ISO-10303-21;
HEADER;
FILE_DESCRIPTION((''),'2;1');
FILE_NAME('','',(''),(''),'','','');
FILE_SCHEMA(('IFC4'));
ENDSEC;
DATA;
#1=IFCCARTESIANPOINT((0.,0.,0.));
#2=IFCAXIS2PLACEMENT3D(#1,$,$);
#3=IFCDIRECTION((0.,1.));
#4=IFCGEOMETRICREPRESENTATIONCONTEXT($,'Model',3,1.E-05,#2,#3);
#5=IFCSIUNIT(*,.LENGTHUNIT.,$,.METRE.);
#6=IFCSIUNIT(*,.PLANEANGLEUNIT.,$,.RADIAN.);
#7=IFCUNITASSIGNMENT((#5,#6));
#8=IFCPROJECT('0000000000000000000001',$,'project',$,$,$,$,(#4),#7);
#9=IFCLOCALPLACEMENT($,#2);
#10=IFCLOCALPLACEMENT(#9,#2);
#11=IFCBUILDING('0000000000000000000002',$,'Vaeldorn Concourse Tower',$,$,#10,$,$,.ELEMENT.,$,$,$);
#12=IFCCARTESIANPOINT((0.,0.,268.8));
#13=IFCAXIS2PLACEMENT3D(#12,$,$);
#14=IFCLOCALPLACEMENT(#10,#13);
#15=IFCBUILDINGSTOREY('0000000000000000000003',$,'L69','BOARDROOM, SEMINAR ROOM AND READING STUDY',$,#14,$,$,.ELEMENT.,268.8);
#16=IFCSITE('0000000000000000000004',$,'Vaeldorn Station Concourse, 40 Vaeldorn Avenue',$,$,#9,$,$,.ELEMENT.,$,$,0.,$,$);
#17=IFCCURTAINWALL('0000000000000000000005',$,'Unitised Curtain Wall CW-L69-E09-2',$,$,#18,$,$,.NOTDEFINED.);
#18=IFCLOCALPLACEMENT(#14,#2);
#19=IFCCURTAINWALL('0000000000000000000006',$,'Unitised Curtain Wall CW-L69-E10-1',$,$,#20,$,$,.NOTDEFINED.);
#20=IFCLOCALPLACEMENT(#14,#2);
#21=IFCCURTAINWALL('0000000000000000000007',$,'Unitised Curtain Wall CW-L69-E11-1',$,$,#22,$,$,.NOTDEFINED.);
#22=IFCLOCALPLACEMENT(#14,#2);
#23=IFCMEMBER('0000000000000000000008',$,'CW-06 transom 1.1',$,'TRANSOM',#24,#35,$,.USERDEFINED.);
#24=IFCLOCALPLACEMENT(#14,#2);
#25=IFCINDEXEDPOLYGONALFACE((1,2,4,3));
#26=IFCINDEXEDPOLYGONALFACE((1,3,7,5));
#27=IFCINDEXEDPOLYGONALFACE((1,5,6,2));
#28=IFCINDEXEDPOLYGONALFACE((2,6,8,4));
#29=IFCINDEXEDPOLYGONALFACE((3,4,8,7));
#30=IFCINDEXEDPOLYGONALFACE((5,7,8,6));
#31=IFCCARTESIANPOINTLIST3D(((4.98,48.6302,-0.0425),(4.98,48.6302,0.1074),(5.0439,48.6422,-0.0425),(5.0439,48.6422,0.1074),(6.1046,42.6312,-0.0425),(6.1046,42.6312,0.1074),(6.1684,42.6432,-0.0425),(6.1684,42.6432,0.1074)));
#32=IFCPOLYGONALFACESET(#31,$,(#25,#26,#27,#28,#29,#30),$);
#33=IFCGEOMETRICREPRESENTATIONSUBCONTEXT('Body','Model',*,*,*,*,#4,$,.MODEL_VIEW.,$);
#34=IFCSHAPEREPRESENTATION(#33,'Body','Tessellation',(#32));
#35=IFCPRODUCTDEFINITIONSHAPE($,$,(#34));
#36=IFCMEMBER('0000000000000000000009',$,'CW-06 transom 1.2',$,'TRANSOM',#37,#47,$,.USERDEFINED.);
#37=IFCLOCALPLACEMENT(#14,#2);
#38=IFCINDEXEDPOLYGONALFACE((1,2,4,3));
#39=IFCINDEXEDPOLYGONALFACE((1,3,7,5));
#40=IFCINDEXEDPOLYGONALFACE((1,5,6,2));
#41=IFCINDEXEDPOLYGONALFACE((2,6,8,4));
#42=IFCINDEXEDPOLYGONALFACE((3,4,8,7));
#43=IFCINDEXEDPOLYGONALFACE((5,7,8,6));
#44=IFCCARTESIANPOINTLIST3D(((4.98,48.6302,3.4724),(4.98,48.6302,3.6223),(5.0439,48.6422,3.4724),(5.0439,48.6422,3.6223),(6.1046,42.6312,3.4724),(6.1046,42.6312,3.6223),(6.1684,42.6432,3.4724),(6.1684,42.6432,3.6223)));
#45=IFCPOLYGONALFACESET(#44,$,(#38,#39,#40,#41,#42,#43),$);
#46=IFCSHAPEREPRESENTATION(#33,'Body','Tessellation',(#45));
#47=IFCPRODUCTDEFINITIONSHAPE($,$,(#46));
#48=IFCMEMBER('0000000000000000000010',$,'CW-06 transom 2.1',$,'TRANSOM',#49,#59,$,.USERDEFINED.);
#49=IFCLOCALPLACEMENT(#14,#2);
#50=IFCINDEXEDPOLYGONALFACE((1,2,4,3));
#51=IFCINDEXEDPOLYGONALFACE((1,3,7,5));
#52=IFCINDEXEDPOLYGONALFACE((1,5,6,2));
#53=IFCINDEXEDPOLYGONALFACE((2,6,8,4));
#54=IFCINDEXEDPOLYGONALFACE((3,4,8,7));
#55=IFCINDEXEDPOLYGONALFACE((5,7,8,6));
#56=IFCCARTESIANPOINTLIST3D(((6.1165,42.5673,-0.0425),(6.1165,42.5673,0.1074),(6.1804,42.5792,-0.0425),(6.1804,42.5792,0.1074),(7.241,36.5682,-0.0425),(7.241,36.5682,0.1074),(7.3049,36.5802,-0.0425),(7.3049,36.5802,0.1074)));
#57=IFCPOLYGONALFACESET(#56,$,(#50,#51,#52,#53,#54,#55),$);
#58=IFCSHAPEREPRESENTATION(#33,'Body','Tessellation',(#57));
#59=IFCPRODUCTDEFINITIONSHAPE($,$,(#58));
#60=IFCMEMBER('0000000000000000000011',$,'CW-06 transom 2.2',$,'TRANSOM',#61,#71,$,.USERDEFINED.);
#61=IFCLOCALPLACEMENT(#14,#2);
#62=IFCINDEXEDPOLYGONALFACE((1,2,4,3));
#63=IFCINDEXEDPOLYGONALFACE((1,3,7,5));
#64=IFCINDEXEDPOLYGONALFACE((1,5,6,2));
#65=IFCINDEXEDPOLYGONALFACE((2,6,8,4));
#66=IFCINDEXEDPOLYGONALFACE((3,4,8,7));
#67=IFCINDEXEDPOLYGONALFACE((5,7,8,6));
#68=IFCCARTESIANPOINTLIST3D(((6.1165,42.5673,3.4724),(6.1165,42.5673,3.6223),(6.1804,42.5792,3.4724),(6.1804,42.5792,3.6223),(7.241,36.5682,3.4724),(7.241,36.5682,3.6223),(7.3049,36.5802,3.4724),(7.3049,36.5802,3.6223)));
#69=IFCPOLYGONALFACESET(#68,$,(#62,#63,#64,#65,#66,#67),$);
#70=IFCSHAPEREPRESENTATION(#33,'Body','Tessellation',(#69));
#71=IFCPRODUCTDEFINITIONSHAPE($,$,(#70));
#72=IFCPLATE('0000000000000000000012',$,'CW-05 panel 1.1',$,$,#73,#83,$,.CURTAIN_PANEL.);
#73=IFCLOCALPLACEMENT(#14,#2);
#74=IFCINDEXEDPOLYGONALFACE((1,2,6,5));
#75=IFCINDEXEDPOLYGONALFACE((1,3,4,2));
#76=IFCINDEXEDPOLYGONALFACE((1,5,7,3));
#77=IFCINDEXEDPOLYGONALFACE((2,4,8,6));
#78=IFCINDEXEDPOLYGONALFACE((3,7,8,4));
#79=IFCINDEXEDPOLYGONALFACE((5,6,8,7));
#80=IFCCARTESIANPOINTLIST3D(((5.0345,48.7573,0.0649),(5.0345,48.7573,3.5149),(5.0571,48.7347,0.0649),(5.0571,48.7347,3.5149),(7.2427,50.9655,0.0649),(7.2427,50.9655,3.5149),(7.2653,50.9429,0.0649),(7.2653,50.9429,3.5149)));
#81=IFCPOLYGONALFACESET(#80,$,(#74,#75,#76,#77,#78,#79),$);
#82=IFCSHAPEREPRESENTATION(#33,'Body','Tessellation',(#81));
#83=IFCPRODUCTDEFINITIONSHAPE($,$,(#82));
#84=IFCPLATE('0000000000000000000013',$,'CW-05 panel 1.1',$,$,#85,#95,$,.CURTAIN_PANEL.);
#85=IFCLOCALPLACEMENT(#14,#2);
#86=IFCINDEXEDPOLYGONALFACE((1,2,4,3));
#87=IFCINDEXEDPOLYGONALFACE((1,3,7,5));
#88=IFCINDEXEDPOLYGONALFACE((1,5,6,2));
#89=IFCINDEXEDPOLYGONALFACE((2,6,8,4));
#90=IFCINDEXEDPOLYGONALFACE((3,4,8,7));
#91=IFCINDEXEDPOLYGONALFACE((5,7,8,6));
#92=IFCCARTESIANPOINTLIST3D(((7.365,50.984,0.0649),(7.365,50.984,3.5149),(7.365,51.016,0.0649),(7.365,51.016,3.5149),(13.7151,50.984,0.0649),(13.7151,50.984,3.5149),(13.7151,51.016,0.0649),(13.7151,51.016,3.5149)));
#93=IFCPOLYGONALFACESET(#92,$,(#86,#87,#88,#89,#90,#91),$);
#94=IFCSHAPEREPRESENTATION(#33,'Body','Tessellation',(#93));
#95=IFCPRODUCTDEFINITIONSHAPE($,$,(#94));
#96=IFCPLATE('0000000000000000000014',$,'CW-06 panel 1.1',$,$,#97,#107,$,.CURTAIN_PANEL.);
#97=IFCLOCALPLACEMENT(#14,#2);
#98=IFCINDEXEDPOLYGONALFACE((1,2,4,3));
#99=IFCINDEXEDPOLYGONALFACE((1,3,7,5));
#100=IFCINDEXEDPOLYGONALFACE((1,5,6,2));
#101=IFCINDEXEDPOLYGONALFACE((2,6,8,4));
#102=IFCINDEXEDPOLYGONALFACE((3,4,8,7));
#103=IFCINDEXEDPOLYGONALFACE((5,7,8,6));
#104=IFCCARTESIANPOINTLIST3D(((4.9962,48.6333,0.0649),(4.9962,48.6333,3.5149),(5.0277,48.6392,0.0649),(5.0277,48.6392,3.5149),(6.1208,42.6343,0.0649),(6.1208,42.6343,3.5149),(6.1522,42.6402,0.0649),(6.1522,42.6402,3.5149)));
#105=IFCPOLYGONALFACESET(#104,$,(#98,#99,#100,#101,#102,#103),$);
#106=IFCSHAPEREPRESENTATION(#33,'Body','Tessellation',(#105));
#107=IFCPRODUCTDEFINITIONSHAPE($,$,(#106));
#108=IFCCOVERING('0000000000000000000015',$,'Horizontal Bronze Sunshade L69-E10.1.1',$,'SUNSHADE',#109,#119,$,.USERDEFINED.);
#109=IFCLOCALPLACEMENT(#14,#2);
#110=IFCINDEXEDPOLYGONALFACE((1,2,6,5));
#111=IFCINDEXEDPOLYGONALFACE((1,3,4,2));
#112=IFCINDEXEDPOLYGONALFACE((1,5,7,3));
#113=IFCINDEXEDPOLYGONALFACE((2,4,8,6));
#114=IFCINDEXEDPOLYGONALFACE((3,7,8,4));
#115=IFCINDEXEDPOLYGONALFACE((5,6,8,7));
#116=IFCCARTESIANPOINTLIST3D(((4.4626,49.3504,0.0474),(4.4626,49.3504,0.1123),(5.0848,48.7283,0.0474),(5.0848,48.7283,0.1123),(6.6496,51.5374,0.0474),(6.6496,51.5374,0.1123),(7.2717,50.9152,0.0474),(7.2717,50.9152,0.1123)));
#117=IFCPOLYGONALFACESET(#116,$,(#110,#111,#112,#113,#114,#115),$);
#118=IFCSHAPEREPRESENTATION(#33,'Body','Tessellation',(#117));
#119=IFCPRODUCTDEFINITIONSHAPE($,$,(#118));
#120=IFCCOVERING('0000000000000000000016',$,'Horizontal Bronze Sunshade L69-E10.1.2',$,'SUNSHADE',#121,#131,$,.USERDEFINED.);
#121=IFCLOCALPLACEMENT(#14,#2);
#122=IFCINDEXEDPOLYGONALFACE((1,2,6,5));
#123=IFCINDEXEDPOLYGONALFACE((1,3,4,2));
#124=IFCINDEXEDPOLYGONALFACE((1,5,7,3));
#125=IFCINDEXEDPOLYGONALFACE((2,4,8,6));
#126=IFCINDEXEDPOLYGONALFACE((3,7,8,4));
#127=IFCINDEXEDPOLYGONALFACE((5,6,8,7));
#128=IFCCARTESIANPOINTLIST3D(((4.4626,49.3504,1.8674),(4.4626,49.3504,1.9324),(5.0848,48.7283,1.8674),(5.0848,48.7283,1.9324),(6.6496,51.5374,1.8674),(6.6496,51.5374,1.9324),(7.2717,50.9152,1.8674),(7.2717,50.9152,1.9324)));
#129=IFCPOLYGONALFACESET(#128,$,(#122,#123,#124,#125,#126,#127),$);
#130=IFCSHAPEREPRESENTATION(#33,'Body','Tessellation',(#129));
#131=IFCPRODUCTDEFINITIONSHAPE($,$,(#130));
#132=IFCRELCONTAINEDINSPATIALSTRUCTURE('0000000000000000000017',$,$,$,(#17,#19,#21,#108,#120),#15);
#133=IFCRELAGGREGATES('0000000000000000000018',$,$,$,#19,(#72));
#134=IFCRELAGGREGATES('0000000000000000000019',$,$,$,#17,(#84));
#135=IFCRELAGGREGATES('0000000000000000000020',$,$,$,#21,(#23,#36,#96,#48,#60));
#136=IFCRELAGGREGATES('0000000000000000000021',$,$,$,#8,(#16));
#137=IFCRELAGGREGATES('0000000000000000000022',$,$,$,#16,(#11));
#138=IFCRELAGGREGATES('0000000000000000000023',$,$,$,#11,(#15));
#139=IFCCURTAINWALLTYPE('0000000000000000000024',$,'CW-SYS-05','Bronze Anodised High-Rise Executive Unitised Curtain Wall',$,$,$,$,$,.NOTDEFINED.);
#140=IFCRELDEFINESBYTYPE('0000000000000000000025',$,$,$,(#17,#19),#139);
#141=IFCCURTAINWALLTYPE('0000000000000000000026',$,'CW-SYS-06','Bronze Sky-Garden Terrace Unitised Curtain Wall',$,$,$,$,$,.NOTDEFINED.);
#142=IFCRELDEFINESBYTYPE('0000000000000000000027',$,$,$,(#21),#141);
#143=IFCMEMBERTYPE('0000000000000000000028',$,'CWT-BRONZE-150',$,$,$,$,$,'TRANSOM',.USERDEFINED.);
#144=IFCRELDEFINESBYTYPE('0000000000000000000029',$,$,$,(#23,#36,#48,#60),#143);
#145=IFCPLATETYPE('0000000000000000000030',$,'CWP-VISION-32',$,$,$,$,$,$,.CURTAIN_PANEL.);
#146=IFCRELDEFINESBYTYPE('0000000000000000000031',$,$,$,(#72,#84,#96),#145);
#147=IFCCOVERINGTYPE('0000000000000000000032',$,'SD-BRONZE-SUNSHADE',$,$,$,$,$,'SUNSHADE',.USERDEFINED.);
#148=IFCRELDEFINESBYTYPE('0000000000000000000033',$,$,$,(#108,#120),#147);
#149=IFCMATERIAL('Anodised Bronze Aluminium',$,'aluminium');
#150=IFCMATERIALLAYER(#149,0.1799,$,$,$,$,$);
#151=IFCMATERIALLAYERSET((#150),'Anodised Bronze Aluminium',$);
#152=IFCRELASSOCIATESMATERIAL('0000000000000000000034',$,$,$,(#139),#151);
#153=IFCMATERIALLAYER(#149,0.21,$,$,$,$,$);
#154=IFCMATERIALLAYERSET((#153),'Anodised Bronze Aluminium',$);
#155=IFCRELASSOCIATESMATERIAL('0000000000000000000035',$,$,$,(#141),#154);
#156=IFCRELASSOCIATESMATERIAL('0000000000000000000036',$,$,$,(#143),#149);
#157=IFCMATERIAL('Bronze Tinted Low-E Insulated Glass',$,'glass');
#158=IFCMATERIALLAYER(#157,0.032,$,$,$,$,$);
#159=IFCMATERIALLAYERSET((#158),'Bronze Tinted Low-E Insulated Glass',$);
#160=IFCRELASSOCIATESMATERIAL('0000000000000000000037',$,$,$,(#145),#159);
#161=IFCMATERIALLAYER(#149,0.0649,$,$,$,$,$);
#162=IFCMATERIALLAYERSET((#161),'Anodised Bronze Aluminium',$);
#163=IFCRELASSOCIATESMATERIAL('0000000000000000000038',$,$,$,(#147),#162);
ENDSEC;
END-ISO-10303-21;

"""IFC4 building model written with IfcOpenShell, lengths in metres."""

from ifc_helpers import new_model, si_unit, direction, frame, origin, origin_2d, place, context, subcontext, project, spatial, rectangle, extrude, source, transform, mapped, material, layer, layer_set, material_profile, profile_set, type_object, element, aggregate, save


model = new_model("IFC4")

# Units and contexts
model_context = context("Model", 3, precision=1e-05, world=origin(), true_north=direction((0.0, 1.0)))
body_context = subcontext(model_context, "Body", "Model", "MODEL_VIEW")
ifc_project = project(units=[si_unit("LENGTHUNIT", "METRE"), si_unit("PLANEANGLEUNIT", "RADIAN")], contexts=[model_context])

# Site, building, storey
site_placement = place(None, origin())
site = spatial("IfcSite", under=ifc_project, at=site_placement, Name="Vaeldorn Station Concourse, 40 Vaeldorn Avenue", CompositionType="ELEMENT", RefElevation=0.0)
building_placement = place(site_placement, origin())
building = spatial("IfcBuilding", under=site, at=building_placement, Name="Vaeldorn Concourse Tower", CompositionType="ELEMENT")
storey_placement = place(building_placement, frame((0.0, 0.0, 268.8)))
storey = spatial("IfcBuildingStorey", under=building, at=storey_placement, Name="L69", Description="BOARDROOM, SEMINAR ROOM AND READING STUDY", CompositionType="ELEMENT", Elevation=268.8)

# Curtain walls
ifc_material_1 = material(Name="Anodised Bronze Aluminium", Category="aluminium")
ifc_layer_1 = layer(ifc_material_1, 0.1799)
ifc_layer_set_1 = layer_set([ifc_layer_1], Name="Anodised Bronze Aluminium")
curtain_wall_type_1 = type_object("IfcCurtainWallType", Name="CW-SYS-05", Description="Bronze Anodised High-Rise Executive Unitised Curtain Wall", PredefinedType="NOTDEFINED", material=ifc_layer_set_1)
curtain_wall_1_placement = place(storey_placement, origin())
curtain_wall_1 = element("IfcCurtainWall", 1, at=curtain_wall_1_placement, inside=storey, type_object=curtain_wall_type_1, Name="Unitised Curtain Wall CW-L69-E09-2", PredefinedType="NOTDEFINED")
curtain_wall_2_placement = place(storey_placement, origin())
curtain_wall_2 = element("IfcCurtainWall", 2, at=curtain_wall_2_placement, inside=storey, type_object=curtain_wall_type_1, Name="Unitised Curtain Wall CW-L69-E10-1", PredefinedType="NOTDEFINED")
ifc_layer_2 = layer(ifc_material_1, 0.21)
ifc_layer_set_2 = layer_set([ifc_layer_2], Name="Anodised Bronze Aluminium")
curtain_wall_type_2 = type_object("IfcCurtainWallType", Name="CW-SYS-06", Description="Bronze Sky-Garden Terrace Unitised Curtain Wall", PredefinedType="NOTDEFINED", material=ifc_layer_set_2)
curtain_wall_3_placement = place(storey_placement, origin())
curtain_wall_3 = element("IfcCurtainWall", 3, at=curtain_wall_3_placement, inside=storey, type_object=curtain_wall_type_2, Name="Unitised Curtain Wall CW-L69-E11-1", PredefinedType="NOTDEFINED")

# Members
ifc_material_profile_1 = material_profile(ifc_material_1, rectangle(XDim=0.0649, YDim=0.1499, at=origin_2d()), Name="CWT 65x150")
ifc_profile_set_1 = profile_set([ifc_material_profile_1], Name="Anodised Bronze Aluminium")
member_type_1 = type_object("IfcMemberType", Name="CWT-BRONZE-150", ElementType="TRANSOM", PredefinedType="USERDEFINED", material=ifc_profile_set_1)
shared_shape_1 = source(origin(), body_context, "Body", "SweptSolid", [
    extrude(rectangle(XDim=0.0649, YDim=0.1499, at=origin_2d()), origin(), (0.0, 0.0, 1.0), 6.1035),
])
member_1_placement = place(storey_placement, frame((5.012, 48.6362, 0.0325), z_axis=(0.18424, -0.982881, 0.0), x_axis=(0.982881, 0.18424, 0.0)))
member_1 = element("IfcMember", 4, at=member_1_placement, type_object=member_type_1, Name="CW-06 transom 1.1", ObjectType="TRANSOM", PredefinedType="USERDEFINED", context=body_context, shape_type="MappedRepresentation", body=[
    mapped(shared_shape_1, transform((0.0, 0.0, 0.0), scale=1.0)),
])
member_2_placement = place(storey_placement, frame((5.012, 48.6362, 3.5474), z_axis=(0.18424, -0.982881, 0.0), x_axis=(0.982881, 0.18424, 0.0)))
member_2 = element("IfcMember", 5, at=member_2_placement, type_object=member_type_1, Name="CW-06 transom 1.2", ObjectType="TRANSOM", PredefinedType="USERDEFINED", context=body_context, shape_type="MappedRepresentation", body=[
    mapped(shared_shape_1, transform((0.0, 0.0, 0.0), scale=1.0)),
])
member_3_placement = place(storey_placement, frame((6.1484, 42.5732, 0.0325), z_axis=(0.18424, -0.982881, 0.0), x_axis=(0.982881, 0.18424, 0.0)))
member_3 = element("IfcMember", 6, at=member_3_placement, type_object=member_type_1, Name="CW-06 transom 2.1", ObjectType="TRANSOM", PredefinedType="USERDEFINED", context=body_context, shape_type="MappedRepresentation", body=[
    mapped(shared_shape_1, transform((0.0, 0.0, 0.0), scale=1.0)),
])
member_4_placement = place(storey_placement, frame((6.1484, 42.5732, 3.5474), z_axis=(0.18424, -0.982881, 0.0), x_axis=(0.982881, 0.18424, 0.0)))
member_4 = element("IfcMember", 7, at=member_4_placement, type_object=member_type_1, Name="CW-06 transom 2.2", ObjectType="TRANSOM", PredefinedType="USERDEFINED", context=body_context, shape_type="MappedRepresentation", body=[
    mapped(shared_shape_1, transform((0.0, 0.0, 0.0), scale=1.0)),
])

# Plates
ifc_material_2 = material(Name="Bronze Tinted Low-E Insulated Glass", Category="glass")
ifc_layer_3 = layer(ifc_material_2, 0.032)
ifc_layer_set_3 = layer_set([ifc_layer_3], Name="Bronze Tinted Low-E Insulated Glass")
plate_type = type_object("IfcPlateType", Name="CWP-VISION-32", PredefinedType="CURTAIN_PANEL", material=ifc_layer_set_3)
shared_shape_2 = source(origin(), body_context, "Body", "SweptSolid", [
    extrude(rectangle(XDim=3.1228, YDim=0.032, at=origin_2d()), origin(), (0.0, 0.0, 1.0), 3.45),
])
plate_1_placement = place(storey_placement, frame((6.1499, 49.8501, 0.0649), z_axis=(0.0, 0.0, 1.0), x_axis=(-0.707107, -0.707107, 0.0)))
plate_1 = element("IfcPlate", 8, at=plate_1_placement, type_object=plate_type, Name="CW-05 panel 1.1", PredefinedType="CURTAIN_PANEL", context=body_context, shape_type="MappedRepresentation", body=[
    mapped(shared_shape_2, transform((0.0, 0.0, 0.0), scale=1.0)),
])
aggregate(curtain_wall_2, [plate_1])
shared_shape_3 = source(origin(), body_context, "Body", "SweptSolid", [
    extrude(rectangle(XDim=6.3501, YDim=0.032, at=origin_2d()), origin(), (0.0, 0.0, 1.0), 3.45),
])
plate_2_placement = place(storey_placement, frame((10.54, 51.0, 0.0649), z_axis=(0.0, 0.0, 1.0), x_axis=(-1.0, 0.0, 0.0)))
plate_2 = element("IfcPlate", 9, at=plate_2_placement, type_object=plate_type, Name="CW-05 panel 1.1", PredefinedType="CURTAIN_PANEL", context=body_context, shape_type="MappedRepresentation", body=[
    mapped(shared_shape_3, transform((0.0, 0.0, 0.0), scale=1.0)),
])
aggregate(curtain_wall_1, [plate_2])
shared_shape_4 = source(origin(), body_context, "Body", "SweptSolid", [
    extrude(rectangle(XDim=6.1035, YDim=0.032, at=origin_2d()), origin(), (0.0, 0.0, 1.0), 3.45),
])
plate_3_placement = place(storey_placement, frame((5.5742, 45.6367, 0.0649), z_axis=(0.0, 0.0, 1.0), x_axis=(0.184246, -0.98288, 0.0)))
plate_3 = element("IfcPlate", 10, at=plate_3_placement, type_object=plate_type, Name="CW-06 panel 1.1", PredefinedType="CURTAIN_PANEL", context=body_context, shape_type="MappedRepresentation", body=[
    mapped(shared_shape_4, transform((0.0, 0.0, 0.0), scale=1.0)),
])
aggregate(curtain_wall_3, [member_1, member_2, plate_3, member_3, member_4])

# Coverings
ifc_layer_4 = layer(ifc_material_1, 0.0649)
ifc_layer_set_4 = layer_set([ifc_layer_4], Name="Anodised Bronze Aluminium")
covering_type = type_object("IfcCoveringType", Name="SD-BRONZE-SUNSHADE", ElementType="SUNSHADE", PredefinedType="USERDEFINED", material=ifc_layer_set_4)
shared_shape_5 = source(origin(), body_context, "Body", "SweptSolid", [
    extrude(rectangle(XDim=3.0928, YDim=0.8799, at=origin_2d()), origin(), (0.0, 0.0, 1.0), 0.0649),
])
for number, where, z_axis, x_axis, name in (
    (11, (5.8672, 50.1328, 0.0474), (0.0, 0.0, 1.0), (-0.707107, -0.707107, 0.0), "Horizontal Bronze Sunshade L69-E10.1.1"),
    (12, (5.8672, 50.1328, 1.8674), (0.0, 0.0, 1.0), (-0.707107, -0.707107, 0.0), "Horizontal Bronze Sunshade L69-E10.1.2"),
):
    element("IfcCovering", number, at=place(storey_placement, frame(where, z_axis=z_axis, x_axis=x_axis)), inside=storey, type_object=covering_type, Name=name, ObjectType="SUNSHADE", PredefinedType="USERDEFINED", context=body_context, shape_type="MappedRepresentation", body=[
        mapped(shared_shape_5, transform((0.0, 0.0, 0.0), scale=1.0)),
    ])

save(model, "model.ifc")
